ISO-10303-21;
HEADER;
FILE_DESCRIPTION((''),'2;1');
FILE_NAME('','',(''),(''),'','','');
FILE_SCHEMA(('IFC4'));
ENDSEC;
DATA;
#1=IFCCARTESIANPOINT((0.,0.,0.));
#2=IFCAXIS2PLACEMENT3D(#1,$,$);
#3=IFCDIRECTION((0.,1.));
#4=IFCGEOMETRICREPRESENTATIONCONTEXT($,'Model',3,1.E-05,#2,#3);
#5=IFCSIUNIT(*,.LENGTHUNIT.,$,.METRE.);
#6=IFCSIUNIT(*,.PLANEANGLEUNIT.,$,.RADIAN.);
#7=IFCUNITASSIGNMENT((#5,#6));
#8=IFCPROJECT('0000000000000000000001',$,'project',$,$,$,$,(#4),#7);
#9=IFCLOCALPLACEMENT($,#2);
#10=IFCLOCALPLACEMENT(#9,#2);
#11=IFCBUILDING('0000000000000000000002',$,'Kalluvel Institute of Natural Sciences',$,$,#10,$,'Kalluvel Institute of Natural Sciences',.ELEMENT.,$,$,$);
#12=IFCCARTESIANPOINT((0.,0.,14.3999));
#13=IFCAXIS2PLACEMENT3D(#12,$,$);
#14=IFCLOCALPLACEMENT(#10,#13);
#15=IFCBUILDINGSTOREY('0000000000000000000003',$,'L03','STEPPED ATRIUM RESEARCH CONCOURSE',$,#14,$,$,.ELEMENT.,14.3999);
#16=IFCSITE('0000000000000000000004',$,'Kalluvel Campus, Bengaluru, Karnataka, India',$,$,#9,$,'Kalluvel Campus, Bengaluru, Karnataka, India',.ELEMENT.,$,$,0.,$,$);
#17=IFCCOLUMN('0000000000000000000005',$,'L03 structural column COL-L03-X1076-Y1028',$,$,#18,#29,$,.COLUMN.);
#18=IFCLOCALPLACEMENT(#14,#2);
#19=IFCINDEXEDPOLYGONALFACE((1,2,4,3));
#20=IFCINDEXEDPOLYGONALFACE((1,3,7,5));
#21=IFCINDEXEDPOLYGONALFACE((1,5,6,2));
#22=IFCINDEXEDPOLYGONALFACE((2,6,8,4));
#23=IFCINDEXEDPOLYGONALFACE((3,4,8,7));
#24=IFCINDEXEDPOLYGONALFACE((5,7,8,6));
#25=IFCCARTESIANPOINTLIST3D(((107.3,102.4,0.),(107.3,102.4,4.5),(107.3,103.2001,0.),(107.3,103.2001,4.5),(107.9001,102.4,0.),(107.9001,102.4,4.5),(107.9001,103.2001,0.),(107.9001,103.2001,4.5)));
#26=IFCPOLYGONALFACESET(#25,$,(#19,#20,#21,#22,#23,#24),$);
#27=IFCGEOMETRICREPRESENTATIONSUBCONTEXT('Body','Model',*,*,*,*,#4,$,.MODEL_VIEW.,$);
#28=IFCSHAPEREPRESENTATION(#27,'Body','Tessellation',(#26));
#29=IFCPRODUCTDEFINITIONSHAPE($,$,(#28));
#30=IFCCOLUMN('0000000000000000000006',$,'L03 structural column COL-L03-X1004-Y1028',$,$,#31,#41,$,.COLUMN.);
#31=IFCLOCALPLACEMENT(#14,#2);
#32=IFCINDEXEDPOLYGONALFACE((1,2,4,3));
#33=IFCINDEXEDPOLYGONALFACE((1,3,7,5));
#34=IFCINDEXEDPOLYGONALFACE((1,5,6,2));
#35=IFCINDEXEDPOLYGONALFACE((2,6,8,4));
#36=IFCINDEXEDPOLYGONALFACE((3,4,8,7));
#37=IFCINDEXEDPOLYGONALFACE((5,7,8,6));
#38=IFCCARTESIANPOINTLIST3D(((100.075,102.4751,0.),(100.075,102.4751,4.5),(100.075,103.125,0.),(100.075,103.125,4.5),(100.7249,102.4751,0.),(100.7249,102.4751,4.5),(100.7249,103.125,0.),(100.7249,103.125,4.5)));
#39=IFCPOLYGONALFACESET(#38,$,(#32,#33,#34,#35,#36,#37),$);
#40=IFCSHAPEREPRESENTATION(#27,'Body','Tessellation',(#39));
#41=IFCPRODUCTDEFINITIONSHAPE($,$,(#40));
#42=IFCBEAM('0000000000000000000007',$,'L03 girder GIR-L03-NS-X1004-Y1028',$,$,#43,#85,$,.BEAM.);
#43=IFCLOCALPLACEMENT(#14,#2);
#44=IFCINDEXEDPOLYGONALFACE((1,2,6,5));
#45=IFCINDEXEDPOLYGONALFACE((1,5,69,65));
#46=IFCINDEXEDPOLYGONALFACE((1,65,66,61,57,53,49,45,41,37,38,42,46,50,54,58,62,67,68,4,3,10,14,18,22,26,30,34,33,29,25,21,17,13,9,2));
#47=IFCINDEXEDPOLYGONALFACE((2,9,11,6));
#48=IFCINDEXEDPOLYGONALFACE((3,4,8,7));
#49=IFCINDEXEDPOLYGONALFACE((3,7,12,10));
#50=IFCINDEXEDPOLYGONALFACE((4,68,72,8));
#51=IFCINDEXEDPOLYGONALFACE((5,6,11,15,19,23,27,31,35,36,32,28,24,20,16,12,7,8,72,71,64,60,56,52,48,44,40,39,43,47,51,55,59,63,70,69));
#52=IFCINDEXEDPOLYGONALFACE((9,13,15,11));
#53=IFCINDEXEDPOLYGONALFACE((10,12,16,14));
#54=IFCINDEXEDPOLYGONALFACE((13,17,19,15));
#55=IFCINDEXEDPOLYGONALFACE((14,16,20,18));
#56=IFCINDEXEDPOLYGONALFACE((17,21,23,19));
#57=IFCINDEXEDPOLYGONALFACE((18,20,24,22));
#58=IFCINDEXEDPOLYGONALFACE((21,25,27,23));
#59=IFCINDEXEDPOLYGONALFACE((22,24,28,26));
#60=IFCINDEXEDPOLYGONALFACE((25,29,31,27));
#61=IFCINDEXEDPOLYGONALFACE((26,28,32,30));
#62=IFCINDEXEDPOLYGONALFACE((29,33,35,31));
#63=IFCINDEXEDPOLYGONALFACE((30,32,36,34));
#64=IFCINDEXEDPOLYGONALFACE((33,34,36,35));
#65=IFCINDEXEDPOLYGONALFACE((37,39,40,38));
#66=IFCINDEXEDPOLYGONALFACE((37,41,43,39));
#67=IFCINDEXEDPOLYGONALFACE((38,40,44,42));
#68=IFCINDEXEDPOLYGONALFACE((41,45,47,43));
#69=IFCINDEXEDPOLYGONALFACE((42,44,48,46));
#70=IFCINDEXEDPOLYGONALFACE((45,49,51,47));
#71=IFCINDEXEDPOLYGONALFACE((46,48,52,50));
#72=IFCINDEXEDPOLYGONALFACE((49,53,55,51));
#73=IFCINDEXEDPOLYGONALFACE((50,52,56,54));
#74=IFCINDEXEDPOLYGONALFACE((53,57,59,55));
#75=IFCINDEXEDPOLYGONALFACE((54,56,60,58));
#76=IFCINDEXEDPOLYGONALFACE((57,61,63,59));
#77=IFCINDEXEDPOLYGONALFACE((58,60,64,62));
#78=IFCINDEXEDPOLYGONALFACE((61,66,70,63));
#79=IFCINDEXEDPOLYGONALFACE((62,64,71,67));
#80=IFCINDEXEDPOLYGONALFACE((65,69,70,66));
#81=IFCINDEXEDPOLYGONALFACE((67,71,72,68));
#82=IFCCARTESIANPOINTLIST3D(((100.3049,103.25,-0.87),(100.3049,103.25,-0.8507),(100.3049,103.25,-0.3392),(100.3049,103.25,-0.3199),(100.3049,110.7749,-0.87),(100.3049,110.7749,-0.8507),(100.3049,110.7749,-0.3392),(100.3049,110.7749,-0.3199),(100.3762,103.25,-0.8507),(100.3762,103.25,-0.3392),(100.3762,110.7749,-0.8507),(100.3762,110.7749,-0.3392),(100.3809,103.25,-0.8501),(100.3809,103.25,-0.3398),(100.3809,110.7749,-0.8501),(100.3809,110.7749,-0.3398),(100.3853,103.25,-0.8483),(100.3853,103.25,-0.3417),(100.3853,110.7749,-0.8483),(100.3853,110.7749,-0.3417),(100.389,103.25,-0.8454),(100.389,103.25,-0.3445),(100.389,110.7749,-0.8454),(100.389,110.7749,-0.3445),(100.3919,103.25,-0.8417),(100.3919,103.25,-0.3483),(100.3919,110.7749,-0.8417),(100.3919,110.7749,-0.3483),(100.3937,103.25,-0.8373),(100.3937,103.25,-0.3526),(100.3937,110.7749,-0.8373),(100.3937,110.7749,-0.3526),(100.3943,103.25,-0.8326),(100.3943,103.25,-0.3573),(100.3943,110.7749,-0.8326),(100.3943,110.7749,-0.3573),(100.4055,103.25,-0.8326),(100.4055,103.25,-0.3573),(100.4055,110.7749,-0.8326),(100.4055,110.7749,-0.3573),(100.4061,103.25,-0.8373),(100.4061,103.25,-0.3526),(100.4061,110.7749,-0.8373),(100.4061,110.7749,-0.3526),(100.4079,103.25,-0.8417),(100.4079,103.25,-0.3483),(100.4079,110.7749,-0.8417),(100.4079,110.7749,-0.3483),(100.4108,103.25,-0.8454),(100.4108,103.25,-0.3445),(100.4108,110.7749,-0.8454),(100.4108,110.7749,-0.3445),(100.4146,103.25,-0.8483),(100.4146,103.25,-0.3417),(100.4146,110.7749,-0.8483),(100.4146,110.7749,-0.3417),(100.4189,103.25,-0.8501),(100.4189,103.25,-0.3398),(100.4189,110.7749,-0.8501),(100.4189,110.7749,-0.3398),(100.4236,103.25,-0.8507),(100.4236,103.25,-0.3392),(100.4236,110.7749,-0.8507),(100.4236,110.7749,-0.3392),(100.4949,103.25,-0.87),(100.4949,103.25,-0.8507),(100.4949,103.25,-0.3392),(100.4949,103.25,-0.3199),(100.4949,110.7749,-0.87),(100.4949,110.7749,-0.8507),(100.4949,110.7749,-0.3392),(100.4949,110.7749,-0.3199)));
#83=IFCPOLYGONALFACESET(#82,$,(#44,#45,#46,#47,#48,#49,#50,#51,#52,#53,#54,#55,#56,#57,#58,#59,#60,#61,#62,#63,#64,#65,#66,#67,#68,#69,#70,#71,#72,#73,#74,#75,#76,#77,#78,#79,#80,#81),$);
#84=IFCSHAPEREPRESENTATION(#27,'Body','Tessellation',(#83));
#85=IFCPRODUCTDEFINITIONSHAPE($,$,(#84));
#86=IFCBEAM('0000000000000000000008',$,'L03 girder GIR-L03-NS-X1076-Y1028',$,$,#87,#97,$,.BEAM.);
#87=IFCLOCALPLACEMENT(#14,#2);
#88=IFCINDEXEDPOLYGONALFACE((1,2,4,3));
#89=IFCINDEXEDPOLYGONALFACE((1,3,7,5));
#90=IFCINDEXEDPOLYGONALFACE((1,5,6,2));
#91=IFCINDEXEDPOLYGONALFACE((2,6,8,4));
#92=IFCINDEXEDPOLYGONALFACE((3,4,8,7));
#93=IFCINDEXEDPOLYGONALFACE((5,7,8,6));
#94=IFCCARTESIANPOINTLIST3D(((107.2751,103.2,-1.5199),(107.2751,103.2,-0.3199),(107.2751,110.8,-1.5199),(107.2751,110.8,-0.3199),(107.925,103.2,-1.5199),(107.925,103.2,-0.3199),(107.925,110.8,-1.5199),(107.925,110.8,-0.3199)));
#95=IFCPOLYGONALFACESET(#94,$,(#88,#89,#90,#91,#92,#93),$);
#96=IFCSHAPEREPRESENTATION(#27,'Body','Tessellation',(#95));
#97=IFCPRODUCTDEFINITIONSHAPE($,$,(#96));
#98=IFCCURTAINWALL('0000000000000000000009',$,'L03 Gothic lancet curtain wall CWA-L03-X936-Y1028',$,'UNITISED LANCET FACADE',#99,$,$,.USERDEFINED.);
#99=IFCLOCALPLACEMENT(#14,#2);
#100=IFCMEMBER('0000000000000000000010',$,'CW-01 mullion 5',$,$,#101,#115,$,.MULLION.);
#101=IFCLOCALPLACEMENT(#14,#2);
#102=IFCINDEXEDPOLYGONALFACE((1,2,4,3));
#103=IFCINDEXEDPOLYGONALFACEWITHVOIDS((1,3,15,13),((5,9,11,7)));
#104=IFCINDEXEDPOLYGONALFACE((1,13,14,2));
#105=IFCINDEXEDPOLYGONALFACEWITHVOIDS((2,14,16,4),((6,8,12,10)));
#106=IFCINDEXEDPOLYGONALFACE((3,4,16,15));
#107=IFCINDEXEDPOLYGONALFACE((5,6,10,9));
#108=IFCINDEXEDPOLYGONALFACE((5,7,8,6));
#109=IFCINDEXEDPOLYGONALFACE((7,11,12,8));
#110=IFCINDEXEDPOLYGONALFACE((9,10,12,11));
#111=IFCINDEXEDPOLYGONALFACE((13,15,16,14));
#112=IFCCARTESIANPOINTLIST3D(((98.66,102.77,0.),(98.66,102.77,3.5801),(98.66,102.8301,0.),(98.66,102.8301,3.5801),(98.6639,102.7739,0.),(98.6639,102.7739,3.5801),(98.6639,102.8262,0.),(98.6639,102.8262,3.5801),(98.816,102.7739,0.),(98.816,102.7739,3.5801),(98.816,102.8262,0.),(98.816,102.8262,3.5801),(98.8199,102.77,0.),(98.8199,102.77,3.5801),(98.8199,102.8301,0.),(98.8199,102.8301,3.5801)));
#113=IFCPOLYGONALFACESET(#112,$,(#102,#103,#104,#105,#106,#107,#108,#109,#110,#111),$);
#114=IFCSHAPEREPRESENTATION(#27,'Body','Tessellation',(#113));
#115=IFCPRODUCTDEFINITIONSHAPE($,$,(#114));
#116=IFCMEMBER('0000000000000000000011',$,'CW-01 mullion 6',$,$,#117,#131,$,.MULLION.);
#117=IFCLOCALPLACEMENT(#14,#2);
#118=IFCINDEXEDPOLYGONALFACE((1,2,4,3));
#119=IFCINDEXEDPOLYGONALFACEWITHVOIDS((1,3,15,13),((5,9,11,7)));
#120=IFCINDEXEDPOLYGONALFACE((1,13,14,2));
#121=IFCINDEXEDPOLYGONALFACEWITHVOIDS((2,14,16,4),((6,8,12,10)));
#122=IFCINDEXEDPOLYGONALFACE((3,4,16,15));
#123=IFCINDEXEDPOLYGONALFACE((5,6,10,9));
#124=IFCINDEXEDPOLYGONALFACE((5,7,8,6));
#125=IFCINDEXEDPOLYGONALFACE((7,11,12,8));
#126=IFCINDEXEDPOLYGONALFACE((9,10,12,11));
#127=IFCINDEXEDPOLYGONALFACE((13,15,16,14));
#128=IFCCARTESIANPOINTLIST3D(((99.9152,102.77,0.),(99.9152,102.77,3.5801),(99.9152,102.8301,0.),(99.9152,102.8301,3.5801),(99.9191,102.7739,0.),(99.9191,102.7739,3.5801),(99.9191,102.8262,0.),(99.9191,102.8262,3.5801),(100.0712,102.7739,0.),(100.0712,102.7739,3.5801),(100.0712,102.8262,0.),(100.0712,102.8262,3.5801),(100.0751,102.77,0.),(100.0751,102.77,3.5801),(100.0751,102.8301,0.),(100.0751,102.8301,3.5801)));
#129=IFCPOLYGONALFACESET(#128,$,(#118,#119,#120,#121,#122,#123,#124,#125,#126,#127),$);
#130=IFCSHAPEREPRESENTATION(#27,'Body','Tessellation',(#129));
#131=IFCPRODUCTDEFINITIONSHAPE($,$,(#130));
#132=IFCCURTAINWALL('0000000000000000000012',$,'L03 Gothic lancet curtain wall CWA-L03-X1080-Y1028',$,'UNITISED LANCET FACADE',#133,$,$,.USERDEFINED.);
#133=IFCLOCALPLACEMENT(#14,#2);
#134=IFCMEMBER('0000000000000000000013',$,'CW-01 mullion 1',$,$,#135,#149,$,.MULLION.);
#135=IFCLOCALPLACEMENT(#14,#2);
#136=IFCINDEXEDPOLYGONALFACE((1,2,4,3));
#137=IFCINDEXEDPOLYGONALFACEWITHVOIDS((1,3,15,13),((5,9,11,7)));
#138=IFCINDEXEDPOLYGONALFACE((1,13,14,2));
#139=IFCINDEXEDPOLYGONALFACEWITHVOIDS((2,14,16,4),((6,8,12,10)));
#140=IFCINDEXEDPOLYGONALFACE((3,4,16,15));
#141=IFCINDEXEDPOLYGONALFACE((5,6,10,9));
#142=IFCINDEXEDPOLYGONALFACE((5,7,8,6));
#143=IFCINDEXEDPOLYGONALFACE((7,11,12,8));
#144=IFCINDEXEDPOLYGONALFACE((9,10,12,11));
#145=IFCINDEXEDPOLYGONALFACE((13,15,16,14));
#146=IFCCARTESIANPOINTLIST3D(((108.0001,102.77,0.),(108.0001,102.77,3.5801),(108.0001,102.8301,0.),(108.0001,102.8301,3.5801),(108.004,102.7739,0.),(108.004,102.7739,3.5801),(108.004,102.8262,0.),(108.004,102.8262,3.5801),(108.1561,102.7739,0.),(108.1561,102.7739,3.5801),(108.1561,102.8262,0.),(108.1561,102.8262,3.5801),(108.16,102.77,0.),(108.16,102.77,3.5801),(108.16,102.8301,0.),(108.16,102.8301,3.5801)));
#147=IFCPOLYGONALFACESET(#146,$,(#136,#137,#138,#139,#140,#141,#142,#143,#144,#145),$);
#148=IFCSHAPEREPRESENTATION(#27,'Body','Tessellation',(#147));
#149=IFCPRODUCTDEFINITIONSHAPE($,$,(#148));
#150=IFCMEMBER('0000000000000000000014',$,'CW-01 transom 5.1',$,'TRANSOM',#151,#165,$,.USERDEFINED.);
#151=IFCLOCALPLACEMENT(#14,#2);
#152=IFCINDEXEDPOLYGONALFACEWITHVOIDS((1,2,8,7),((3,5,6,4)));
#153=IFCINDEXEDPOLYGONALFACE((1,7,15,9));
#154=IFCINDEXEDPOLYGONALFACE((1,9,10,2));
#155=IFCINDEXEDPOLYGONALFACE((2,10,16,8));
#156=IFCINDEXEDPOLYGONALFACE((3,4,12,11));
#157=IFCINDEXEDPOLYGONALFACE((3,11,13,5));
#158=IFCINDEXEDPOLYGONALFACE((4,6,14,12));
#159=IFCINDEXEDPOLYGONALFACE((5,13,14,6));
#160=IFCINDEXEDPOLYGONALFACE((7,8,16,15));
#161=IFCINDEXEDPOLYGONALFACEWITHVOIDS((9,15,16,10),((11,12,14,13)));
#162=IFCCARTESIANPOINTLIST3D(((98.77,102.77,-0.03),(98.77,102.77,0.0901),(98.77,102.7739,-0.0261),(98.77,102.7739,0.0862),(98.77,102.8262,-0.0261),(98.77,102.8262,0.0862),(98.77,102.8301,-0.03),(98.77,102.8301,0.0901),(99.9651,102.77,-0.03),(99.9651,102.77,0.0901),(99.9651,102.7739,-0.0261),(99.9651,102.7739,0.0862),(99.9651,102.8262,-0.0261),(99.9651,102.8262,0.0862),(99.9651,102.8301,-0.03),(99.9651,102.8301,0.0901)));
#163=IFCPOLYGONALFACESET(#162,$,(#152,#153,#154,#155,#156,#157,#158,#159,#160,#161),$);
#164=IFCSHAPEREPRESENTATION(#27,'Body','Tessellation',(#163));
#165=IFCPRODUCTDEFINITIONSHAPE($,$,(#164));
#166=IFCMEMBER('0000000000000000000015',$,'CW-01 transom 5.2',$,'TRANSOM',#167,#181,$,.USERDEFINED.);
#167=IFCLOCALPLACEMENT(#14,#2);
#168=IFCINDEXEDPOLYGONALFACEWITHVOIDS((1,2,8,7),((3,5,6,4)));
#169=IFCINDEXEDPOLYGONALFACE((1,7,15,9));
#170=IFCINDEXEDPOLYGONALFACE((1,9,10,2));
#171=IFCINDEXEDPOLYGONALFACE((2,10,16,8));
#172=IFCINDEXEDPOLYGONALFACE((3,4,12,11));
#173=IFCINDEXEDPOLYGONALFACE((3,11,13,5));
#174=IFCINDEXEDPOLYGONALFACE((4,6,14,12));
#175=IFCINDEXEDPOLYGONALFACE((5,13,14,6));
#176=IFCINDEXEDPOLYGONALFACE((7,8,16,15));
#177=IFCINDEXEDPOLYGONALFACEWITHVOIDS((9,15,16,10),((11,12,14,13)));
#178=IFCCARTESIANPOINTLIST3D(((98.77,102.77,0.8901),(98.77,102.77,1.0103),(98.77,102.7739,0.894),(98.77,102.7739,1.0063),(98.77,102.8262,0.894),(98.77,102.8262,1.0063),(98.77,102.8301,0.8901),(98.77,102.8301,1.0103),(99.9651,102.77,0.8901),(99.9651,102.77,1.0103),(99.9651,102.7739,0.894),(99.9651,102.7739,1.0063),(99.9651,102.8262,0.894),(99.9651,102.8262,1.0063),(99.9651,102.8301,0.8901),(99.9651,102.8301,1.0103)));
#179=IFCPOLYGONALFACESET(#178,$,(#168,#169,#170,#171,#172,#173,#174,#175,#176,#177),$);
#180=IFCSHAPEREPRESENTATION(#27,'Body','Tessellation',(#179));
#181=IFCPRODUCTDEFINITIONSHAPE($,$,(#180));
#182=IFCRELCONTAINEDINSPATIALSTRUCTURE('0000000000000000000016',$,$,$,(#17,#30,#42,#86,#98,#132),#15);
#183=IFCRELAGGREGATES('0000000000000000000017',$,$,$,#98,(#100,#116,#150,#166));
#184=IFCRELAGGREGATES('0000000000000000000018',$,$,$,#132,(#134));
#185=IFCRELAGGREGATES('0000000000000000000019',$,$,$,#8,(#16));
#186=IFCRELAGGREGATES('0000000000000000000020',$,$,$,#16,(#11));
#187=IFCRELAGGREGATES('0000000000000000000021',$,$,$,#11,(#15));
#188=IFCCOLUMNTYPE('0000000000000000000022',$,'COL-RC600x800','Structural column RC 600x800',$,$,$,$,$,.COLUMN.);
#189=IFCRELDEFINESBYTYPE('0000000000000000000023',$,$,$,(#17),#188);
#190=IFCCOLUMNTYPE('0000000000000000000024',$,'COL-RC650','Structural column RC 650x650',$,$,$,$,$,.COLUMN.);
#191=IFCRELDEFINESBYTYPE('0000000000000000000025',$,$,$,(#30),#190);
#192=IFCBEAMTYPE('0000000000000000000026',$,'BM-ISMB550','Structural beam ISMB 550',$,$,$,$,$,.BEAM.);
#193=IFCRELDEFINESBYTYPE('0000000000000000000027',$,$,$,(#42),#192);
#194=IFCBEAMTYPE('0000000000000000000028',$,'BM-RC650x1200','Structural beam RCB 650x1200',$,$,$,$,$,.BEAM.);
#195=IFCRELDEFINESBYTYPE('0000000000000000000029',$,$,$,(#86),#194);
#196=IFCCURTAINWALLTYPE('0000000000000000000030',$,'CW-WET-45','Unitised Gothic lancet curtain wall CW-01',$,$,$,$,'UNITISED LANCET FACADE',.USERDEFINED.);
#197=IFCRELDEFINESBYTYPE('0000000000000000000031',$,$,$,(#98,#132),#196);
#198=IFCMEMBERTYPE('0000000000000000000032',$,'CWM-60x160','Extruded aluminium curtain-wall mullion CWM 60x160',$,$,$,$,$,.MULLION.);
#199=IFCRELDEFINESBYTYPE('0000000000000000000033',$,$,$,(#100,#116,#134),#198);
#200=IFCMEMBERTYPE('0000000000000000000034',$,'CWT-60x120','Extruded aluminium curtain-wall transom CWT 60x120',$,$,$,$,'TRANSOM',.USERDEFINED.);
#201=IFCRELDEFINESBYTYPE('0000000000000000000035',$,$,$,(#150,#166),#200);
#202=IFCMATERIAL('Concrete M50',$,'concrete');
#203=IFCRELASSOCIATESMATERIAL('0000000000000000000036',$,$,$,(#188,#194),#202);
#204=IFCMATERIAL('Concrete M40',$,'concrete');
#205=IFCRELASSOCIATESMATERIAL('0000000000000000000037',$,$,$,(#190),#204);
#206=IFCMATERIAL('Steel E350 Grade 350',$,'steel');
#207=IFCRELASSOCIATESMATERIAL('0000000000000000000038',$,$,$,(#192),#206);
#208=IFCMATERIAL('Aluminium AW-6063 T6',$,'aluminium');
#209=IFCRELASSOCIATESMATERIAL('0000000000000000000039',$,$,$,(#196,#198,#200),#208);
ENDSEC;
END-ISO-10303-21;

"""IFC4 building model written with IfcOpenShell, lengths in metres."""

from ifc_helpers import new_model, si_unit, direction, frame, origin, origin_2d, place, context, subcontext, project, spatial, rectangle, hollow_rectangle, i_section, extrude, material, material_profile, profile_set, type_object, element, aggregate, save


model = new_model("IFC4")

# Units and contexts
model_context = context("Model", 3, precision=1e-05, world=origin(), true_north=direction((0.0, 1.0)))
body_context = subcontext(model_context, "Body", "Model", "MODEL_VIEW")
ifc_project = project(units=[si_unit("LENGTHUNIT", "METRE"), si_unit("PLANEANGLEUNIT", "RADIAN")], contexts=[model_context])

# Site, building, storey
site_placement = place(None, origin())
site = spatial("IfcSite", under=ifc_project, at=site_placement, Name="Kalluvel Campus, Bengaluru, Karnataka, India", LongName="Kalluvel Campus, Bengaluru, Karnataka, India", CompositionType="ELEMENT", RefElevation=0.0)
building_placement = place(site_placement, origin())
building = spatial("IfcBuilding", under=site, at=building_placement, Name="Kalluvel Institute of Natural Sciences", LongName="Kalluvel Institute of Natural Sciences", CompositionType="ELEMENT")
storey_placement = place(building_placement, frame((0.0, 0.0, 14.3999)))
storey = spatial("IfcBuildingStorey", under=building, at=storey_placement, Name="L03", Description="STEPPED ATRIUM RESEARCH CONCOURSE", CompositionType="ELEMENT", Elevation=14.3999)

# Columns
ifc_material_1 = material(Name="Concrete M50", Category="concrete")
ifc_material_profile_1 = material_profile(ifc_material_1, rectangle(XDim=0.6001, YDim=0.8, at=origin_2d()), Name="RC 600x800")
ifc_profile_set_1 = profile_set([ifc_material_profile_1], Name="Concrete M50")
column_type_1 = type_object("IfcColumnType", Name="COL-RC600x800", Description="Structural column RC 600x800", PredefinedType="COLUMN", material=ifc_profile_set_1)
column_1_placement = place(storey_placement, frame((107.6001, 102.8, 0.0), z_axis=(0.0, 0.0, 1.0), x_axis=(1.0, 0.0, 0.0)))
element("IfcColumn", 1, at=column_1_placement, inside=storey, type_object=column_type_1, Name="L03 structural column COL-L03-X1076-Y1028", PredefinedType="COLUMN", context=body_context, shape_type="SweptSolid", body=[
    extrude(rectangle(XDim=0.6001, YDim=0.8, at=origin_2d()), origin(), (0.0, 0.0, 1.0), 4.5),
])
ifc_material_2 = material(Name="Concrete M40", Category="concrete")
ifc_material_profile_2 = material_profile(ifc_material_2, rectangle(XDim=0.6499, YDim=0.6499, at=origin_2d()), Name="RC 650x650")
ifc_profile_set_2 = profile_set([ifc_material_profile_2], Name="Concrete M40")
column_type_2 = type_object("IfcColumnType", Name="COL-RC650", Description="Structural column RC 650x650", PredefinedType="COLUMN", material=ifc_profile_set_2)
column_2_placement = place(storey_placement, frame((100.3999, 102.8, 0.0), z_axis=(0.0, 0.0, 1.0), x_axis=(1.0, 0.0, 0.0)))
element("IfcColumn", 2, at=column_2_placement, inside=storey, type_object=column_type_2, Name="L03 structural column COL-L03-X1004-Y1028", PredefinedType="COLUMN", context=body_context, shape_type="SweptSolid", body=[
    extrude(rectangle(XDim=0.6499, YDim=0.6499, at=origin_2d()), origin(), (0.0, 0.0, 1.0), 4.5),
])

# Beams
ifc_material_3 = material(Name="Steel E350 Grade 350", Category="steel")
ifc_material_profile_3 = material_profile(ifc_material_3, i_section(OverallWidth=0.1899, OverallDepth=0.55, WebThickness=0.0112, FlangeThickness=0.0193, FilletRadius=0.0181, at=origin_2d()), Name="ISMB 550")
ifc_profile_set_3 = profile_set([ifc_material_profile_3], Name="Steel E350 Grade 350")
beam_type_1 = type_object("IfcBeamType", Name="BM-ISMB550", Description="Structural beam ISMB 550", PredefinedType="BEAM", material=ifc_profile_set_3)
beam_1_placement = place(storey_placement, frame((100.3999, 103.25, -0.595), z_axis=(0.0, 1.0, 0.0), x_axis=(-1.0, 0.0, 0.0)))
element("IfcBeam", 3, at=beam_1_placement, inside=storey, type_object=beam_type_1, Name="L03 girder GIR-L03-NS-X1004-Y1028", PredefinedType="BEAM", context=body_context, shape_type="SweptSolid", body=[
    extrude(i_section(OverallWidth=0.1899, OverallDepth=0.55, WebThickness=0.0112, FlangeThickness=0.0193, FilletRadius=0.0181, at=origin_2d()), origin(), (0.0, 0.0, 1.0), 7.5249),
])
ifc_material_profile_4 = material_profile(ifc_material_1, rectangle(XDim=0.6499, YDim=1.2, at=origin_2d()), Name="RCB 650x1200")
ifc_profile_set_4 = profile_set([ifc_material_profile_4], Name="Concrete M50")
beam_type_2 = type_object("IfcBeamType", Name="BM-RC650x1200", Description="Structural beam RCB 650x1200", PredefinedType="BEAM", material=ifc_profile_set_4)
beam_2_placement = place(storey_placement, frame((107.6001, 103.2, -0.9199), z_axis=(0.0, 1.0, 0.0), x_axis=(-1.0, 0.0, 0.0)))
element("IfcBeam", 4, at=beam_2_placement, inside=storey, type_object=beam_type_2, Name="L03 girder GIR-L03-NS-X1076-Y1028", PredefinedType="BEAM", context=body_context, shape_type="SweptSolid", body=[
    extrude(rectangle(XDim=0.6499, YDim=1.2, at=origin_2d()), origin(), (0.0, 0.0, 1.0), 7.6001),
])

# Curtain wall, members
ifc_material_4 = material(Name="Aluminium AW-6063 T6", Category="aluminium")
curtain_wall_type = type_object("IfcCurtainWallType", Name="CW-WET-45", Description="Unitised Gothic lancet curtain wall CW-01", ElementType="UNITISED LANCET FACADE", PredefinedType="USERDEFINED", material=ifc_material_4)
curtain_wall_1_placement = place(storey_placement, origin())
curtain_wall_1 = element("IfcCurtainWall", 5, at=curtain_wall_1_placement, inside=storey, type_object=curtain_wall_type, Name="L03 Gothic lancet curtain wall CWA-L03-X936-Y1028", ObjectType="UNITISED LANCET FACADE", PredefinedType="USERDEFINED")
ifc_material_profile_5 = material_profile(ifc_material_4, hollow_rectangle(XDim=0.0601, YDim=0.1599, WallThickness=0.0039, at=origin_2d()), Name="CWM 60x160")
ifc_profile_set_5 = profile_set([ifc_material_profile_5], Name="Aluminium AW-6063 T6")
member_type_1 = type_object("IfcMemberType", Name="CWM-60x160", Description="Extruded aluminium curtain-wall mullion CWM 60x160", PredefinedType="MULLION", material=ifc_profile_set_5)
member_1_placement = place(storey_placement, frame((98.74, 102.8, 0.0), z_axis=(0.0, 0.0, 1.0), x_axis=(0.0, 1.0, 0.0)))
member_1 = element("IfcMember", 6, at=member_1_placement, type_object=member_type_1, Name="CW-01 mullion 5", PredefinedType="MULLION", context=body_context, shape_type="SweptSolid", body=[
    extrude(hollow_rectangle(XDim=0.0601, YDim=0.1599, WallThickness=0.0039, at=origin_2d()), origin(), (0.0, 0.0, 1.0), 3.5801),
])
member_2_placement = place(storey_placement, frame((99.9951, 102.8, 0.0), z_axis=(0.0, 0.0, 1.0), x_axis=(0.0, 1.0, 0.0)))
member_2 = element("IfcMember", 7, at=member_2_placement, type_object=member_type_1, Name="CW-01 mullion 6", PredefinedType="MULLION", context=body_context, shape_type="SweptSolid", body=[
    extrude(hollow_rectangle(XDim=0.0601, YDim=0.1599, WallThickness=0.0039, at=origin_2d()), origin(), (0.0, 0.0, 1.0), 3.5801),
])

# Curtain wall, member
curtain_wall_2_placement = place(storey_placement, origin())
curtain_wall_2 = element("IfcCurtainWall", 8, at=curtain_wall_2_placement, inside=storey, type_object=curtain_wall_type, Name="L03 Gothic lancet curtain wall CWA-L03-X1080-Y1028", ObjectType="UNITISED LANCET FACADE", PredefinedType="USERDEFINED")
member_3_placement = place(storey_placement, frame((108.0801, 102.8, 0.0), z_axis=(0.0, 0.0, 1.0), x_axis=(0.0, 1.0, 0.0)))
member_3 = element("IfcMember", 9, at=member_3_placement, type_object=member_type_1, Name="CW-01 mullion 1", PredefinedType="MULLION", context=body_context, shape_type="SweptSolid", body=[
    extrude(hollow_rectangle(XDim=0.0601, YDim=0.1599, WallThickness=0.0039, at=origin_2d()), origin(), (0.0, 0.0, 1.0), 3.5801),
])

# Members
ifc_material_profile_6 = material_profile(ifc_material_4, hollow_rectangle(XDim=0.0601, YDim=0.1201, WallThickness=0.0039, at=origin_2d()), Name="CWT 60x120")
ifc_profile_set_6 = profile_set([ifc_material_profile_6], Name="Aluminium AW-6063 T6")
member_type_2 = type_object("IfcMemberType", Name="CWT-60x120", Description="Extruded aluminium curtain-wall transom CWT 60x120", ElementType="TRANSOM", PredefinedType="USERDEFINED", material=ifc_profile_set_6)
member_4_placement = place(storey_placement, frame((98.77, 102.8, 0.03), z_axis=(1.0, 0.0, 0.0), x_axis=(0.0, 1.0, 0.0)))
member_4 = element("IfcMember", 10, at=member_4_placement, type_object=member_type_2, Name="CW-01 transom 5.1", ObjectType="TRANSOM", PredefinedType="USERDEFINED", context=body_context, shape_type="SweptSolid", body=[
    extrude(hollow_rectangle(XDim=0.0601, YDim=0.1201, WallThickness=0.0039, at=origin_2d()), origin(), (0.0, 0.0, 1.0), 1.1951),
])
member_5_placement = place(storey_placement, frame((98.77, 102.8, 0.9502), z_axis=(1.0, 0.0, 0.0), x_axis=(0.0, 1.0, 0.0)))
member_5 = element("IfcMember", 11, at=member_5_placement, type_object=member_type_2, Name="CW-01 transom 5.2", ObjectType="TRANSOM", PredefinedType="USERDEFINED", context=body_context, shape_type="SweptSolid", body=[
    extrude(hollow_rectangle(XDim=0.0601, YDim=0.1201, WallThickness=0.0039, at=origin_2d()), origin(), (0.0, 0.0, 1.0), 1.1951),
])

aggregate(curtain_wall_1, [member_1, member_2, member_4, member_5])
aggregate(curtain_wall_2, [member_3])

save(model, "model.ifc")
